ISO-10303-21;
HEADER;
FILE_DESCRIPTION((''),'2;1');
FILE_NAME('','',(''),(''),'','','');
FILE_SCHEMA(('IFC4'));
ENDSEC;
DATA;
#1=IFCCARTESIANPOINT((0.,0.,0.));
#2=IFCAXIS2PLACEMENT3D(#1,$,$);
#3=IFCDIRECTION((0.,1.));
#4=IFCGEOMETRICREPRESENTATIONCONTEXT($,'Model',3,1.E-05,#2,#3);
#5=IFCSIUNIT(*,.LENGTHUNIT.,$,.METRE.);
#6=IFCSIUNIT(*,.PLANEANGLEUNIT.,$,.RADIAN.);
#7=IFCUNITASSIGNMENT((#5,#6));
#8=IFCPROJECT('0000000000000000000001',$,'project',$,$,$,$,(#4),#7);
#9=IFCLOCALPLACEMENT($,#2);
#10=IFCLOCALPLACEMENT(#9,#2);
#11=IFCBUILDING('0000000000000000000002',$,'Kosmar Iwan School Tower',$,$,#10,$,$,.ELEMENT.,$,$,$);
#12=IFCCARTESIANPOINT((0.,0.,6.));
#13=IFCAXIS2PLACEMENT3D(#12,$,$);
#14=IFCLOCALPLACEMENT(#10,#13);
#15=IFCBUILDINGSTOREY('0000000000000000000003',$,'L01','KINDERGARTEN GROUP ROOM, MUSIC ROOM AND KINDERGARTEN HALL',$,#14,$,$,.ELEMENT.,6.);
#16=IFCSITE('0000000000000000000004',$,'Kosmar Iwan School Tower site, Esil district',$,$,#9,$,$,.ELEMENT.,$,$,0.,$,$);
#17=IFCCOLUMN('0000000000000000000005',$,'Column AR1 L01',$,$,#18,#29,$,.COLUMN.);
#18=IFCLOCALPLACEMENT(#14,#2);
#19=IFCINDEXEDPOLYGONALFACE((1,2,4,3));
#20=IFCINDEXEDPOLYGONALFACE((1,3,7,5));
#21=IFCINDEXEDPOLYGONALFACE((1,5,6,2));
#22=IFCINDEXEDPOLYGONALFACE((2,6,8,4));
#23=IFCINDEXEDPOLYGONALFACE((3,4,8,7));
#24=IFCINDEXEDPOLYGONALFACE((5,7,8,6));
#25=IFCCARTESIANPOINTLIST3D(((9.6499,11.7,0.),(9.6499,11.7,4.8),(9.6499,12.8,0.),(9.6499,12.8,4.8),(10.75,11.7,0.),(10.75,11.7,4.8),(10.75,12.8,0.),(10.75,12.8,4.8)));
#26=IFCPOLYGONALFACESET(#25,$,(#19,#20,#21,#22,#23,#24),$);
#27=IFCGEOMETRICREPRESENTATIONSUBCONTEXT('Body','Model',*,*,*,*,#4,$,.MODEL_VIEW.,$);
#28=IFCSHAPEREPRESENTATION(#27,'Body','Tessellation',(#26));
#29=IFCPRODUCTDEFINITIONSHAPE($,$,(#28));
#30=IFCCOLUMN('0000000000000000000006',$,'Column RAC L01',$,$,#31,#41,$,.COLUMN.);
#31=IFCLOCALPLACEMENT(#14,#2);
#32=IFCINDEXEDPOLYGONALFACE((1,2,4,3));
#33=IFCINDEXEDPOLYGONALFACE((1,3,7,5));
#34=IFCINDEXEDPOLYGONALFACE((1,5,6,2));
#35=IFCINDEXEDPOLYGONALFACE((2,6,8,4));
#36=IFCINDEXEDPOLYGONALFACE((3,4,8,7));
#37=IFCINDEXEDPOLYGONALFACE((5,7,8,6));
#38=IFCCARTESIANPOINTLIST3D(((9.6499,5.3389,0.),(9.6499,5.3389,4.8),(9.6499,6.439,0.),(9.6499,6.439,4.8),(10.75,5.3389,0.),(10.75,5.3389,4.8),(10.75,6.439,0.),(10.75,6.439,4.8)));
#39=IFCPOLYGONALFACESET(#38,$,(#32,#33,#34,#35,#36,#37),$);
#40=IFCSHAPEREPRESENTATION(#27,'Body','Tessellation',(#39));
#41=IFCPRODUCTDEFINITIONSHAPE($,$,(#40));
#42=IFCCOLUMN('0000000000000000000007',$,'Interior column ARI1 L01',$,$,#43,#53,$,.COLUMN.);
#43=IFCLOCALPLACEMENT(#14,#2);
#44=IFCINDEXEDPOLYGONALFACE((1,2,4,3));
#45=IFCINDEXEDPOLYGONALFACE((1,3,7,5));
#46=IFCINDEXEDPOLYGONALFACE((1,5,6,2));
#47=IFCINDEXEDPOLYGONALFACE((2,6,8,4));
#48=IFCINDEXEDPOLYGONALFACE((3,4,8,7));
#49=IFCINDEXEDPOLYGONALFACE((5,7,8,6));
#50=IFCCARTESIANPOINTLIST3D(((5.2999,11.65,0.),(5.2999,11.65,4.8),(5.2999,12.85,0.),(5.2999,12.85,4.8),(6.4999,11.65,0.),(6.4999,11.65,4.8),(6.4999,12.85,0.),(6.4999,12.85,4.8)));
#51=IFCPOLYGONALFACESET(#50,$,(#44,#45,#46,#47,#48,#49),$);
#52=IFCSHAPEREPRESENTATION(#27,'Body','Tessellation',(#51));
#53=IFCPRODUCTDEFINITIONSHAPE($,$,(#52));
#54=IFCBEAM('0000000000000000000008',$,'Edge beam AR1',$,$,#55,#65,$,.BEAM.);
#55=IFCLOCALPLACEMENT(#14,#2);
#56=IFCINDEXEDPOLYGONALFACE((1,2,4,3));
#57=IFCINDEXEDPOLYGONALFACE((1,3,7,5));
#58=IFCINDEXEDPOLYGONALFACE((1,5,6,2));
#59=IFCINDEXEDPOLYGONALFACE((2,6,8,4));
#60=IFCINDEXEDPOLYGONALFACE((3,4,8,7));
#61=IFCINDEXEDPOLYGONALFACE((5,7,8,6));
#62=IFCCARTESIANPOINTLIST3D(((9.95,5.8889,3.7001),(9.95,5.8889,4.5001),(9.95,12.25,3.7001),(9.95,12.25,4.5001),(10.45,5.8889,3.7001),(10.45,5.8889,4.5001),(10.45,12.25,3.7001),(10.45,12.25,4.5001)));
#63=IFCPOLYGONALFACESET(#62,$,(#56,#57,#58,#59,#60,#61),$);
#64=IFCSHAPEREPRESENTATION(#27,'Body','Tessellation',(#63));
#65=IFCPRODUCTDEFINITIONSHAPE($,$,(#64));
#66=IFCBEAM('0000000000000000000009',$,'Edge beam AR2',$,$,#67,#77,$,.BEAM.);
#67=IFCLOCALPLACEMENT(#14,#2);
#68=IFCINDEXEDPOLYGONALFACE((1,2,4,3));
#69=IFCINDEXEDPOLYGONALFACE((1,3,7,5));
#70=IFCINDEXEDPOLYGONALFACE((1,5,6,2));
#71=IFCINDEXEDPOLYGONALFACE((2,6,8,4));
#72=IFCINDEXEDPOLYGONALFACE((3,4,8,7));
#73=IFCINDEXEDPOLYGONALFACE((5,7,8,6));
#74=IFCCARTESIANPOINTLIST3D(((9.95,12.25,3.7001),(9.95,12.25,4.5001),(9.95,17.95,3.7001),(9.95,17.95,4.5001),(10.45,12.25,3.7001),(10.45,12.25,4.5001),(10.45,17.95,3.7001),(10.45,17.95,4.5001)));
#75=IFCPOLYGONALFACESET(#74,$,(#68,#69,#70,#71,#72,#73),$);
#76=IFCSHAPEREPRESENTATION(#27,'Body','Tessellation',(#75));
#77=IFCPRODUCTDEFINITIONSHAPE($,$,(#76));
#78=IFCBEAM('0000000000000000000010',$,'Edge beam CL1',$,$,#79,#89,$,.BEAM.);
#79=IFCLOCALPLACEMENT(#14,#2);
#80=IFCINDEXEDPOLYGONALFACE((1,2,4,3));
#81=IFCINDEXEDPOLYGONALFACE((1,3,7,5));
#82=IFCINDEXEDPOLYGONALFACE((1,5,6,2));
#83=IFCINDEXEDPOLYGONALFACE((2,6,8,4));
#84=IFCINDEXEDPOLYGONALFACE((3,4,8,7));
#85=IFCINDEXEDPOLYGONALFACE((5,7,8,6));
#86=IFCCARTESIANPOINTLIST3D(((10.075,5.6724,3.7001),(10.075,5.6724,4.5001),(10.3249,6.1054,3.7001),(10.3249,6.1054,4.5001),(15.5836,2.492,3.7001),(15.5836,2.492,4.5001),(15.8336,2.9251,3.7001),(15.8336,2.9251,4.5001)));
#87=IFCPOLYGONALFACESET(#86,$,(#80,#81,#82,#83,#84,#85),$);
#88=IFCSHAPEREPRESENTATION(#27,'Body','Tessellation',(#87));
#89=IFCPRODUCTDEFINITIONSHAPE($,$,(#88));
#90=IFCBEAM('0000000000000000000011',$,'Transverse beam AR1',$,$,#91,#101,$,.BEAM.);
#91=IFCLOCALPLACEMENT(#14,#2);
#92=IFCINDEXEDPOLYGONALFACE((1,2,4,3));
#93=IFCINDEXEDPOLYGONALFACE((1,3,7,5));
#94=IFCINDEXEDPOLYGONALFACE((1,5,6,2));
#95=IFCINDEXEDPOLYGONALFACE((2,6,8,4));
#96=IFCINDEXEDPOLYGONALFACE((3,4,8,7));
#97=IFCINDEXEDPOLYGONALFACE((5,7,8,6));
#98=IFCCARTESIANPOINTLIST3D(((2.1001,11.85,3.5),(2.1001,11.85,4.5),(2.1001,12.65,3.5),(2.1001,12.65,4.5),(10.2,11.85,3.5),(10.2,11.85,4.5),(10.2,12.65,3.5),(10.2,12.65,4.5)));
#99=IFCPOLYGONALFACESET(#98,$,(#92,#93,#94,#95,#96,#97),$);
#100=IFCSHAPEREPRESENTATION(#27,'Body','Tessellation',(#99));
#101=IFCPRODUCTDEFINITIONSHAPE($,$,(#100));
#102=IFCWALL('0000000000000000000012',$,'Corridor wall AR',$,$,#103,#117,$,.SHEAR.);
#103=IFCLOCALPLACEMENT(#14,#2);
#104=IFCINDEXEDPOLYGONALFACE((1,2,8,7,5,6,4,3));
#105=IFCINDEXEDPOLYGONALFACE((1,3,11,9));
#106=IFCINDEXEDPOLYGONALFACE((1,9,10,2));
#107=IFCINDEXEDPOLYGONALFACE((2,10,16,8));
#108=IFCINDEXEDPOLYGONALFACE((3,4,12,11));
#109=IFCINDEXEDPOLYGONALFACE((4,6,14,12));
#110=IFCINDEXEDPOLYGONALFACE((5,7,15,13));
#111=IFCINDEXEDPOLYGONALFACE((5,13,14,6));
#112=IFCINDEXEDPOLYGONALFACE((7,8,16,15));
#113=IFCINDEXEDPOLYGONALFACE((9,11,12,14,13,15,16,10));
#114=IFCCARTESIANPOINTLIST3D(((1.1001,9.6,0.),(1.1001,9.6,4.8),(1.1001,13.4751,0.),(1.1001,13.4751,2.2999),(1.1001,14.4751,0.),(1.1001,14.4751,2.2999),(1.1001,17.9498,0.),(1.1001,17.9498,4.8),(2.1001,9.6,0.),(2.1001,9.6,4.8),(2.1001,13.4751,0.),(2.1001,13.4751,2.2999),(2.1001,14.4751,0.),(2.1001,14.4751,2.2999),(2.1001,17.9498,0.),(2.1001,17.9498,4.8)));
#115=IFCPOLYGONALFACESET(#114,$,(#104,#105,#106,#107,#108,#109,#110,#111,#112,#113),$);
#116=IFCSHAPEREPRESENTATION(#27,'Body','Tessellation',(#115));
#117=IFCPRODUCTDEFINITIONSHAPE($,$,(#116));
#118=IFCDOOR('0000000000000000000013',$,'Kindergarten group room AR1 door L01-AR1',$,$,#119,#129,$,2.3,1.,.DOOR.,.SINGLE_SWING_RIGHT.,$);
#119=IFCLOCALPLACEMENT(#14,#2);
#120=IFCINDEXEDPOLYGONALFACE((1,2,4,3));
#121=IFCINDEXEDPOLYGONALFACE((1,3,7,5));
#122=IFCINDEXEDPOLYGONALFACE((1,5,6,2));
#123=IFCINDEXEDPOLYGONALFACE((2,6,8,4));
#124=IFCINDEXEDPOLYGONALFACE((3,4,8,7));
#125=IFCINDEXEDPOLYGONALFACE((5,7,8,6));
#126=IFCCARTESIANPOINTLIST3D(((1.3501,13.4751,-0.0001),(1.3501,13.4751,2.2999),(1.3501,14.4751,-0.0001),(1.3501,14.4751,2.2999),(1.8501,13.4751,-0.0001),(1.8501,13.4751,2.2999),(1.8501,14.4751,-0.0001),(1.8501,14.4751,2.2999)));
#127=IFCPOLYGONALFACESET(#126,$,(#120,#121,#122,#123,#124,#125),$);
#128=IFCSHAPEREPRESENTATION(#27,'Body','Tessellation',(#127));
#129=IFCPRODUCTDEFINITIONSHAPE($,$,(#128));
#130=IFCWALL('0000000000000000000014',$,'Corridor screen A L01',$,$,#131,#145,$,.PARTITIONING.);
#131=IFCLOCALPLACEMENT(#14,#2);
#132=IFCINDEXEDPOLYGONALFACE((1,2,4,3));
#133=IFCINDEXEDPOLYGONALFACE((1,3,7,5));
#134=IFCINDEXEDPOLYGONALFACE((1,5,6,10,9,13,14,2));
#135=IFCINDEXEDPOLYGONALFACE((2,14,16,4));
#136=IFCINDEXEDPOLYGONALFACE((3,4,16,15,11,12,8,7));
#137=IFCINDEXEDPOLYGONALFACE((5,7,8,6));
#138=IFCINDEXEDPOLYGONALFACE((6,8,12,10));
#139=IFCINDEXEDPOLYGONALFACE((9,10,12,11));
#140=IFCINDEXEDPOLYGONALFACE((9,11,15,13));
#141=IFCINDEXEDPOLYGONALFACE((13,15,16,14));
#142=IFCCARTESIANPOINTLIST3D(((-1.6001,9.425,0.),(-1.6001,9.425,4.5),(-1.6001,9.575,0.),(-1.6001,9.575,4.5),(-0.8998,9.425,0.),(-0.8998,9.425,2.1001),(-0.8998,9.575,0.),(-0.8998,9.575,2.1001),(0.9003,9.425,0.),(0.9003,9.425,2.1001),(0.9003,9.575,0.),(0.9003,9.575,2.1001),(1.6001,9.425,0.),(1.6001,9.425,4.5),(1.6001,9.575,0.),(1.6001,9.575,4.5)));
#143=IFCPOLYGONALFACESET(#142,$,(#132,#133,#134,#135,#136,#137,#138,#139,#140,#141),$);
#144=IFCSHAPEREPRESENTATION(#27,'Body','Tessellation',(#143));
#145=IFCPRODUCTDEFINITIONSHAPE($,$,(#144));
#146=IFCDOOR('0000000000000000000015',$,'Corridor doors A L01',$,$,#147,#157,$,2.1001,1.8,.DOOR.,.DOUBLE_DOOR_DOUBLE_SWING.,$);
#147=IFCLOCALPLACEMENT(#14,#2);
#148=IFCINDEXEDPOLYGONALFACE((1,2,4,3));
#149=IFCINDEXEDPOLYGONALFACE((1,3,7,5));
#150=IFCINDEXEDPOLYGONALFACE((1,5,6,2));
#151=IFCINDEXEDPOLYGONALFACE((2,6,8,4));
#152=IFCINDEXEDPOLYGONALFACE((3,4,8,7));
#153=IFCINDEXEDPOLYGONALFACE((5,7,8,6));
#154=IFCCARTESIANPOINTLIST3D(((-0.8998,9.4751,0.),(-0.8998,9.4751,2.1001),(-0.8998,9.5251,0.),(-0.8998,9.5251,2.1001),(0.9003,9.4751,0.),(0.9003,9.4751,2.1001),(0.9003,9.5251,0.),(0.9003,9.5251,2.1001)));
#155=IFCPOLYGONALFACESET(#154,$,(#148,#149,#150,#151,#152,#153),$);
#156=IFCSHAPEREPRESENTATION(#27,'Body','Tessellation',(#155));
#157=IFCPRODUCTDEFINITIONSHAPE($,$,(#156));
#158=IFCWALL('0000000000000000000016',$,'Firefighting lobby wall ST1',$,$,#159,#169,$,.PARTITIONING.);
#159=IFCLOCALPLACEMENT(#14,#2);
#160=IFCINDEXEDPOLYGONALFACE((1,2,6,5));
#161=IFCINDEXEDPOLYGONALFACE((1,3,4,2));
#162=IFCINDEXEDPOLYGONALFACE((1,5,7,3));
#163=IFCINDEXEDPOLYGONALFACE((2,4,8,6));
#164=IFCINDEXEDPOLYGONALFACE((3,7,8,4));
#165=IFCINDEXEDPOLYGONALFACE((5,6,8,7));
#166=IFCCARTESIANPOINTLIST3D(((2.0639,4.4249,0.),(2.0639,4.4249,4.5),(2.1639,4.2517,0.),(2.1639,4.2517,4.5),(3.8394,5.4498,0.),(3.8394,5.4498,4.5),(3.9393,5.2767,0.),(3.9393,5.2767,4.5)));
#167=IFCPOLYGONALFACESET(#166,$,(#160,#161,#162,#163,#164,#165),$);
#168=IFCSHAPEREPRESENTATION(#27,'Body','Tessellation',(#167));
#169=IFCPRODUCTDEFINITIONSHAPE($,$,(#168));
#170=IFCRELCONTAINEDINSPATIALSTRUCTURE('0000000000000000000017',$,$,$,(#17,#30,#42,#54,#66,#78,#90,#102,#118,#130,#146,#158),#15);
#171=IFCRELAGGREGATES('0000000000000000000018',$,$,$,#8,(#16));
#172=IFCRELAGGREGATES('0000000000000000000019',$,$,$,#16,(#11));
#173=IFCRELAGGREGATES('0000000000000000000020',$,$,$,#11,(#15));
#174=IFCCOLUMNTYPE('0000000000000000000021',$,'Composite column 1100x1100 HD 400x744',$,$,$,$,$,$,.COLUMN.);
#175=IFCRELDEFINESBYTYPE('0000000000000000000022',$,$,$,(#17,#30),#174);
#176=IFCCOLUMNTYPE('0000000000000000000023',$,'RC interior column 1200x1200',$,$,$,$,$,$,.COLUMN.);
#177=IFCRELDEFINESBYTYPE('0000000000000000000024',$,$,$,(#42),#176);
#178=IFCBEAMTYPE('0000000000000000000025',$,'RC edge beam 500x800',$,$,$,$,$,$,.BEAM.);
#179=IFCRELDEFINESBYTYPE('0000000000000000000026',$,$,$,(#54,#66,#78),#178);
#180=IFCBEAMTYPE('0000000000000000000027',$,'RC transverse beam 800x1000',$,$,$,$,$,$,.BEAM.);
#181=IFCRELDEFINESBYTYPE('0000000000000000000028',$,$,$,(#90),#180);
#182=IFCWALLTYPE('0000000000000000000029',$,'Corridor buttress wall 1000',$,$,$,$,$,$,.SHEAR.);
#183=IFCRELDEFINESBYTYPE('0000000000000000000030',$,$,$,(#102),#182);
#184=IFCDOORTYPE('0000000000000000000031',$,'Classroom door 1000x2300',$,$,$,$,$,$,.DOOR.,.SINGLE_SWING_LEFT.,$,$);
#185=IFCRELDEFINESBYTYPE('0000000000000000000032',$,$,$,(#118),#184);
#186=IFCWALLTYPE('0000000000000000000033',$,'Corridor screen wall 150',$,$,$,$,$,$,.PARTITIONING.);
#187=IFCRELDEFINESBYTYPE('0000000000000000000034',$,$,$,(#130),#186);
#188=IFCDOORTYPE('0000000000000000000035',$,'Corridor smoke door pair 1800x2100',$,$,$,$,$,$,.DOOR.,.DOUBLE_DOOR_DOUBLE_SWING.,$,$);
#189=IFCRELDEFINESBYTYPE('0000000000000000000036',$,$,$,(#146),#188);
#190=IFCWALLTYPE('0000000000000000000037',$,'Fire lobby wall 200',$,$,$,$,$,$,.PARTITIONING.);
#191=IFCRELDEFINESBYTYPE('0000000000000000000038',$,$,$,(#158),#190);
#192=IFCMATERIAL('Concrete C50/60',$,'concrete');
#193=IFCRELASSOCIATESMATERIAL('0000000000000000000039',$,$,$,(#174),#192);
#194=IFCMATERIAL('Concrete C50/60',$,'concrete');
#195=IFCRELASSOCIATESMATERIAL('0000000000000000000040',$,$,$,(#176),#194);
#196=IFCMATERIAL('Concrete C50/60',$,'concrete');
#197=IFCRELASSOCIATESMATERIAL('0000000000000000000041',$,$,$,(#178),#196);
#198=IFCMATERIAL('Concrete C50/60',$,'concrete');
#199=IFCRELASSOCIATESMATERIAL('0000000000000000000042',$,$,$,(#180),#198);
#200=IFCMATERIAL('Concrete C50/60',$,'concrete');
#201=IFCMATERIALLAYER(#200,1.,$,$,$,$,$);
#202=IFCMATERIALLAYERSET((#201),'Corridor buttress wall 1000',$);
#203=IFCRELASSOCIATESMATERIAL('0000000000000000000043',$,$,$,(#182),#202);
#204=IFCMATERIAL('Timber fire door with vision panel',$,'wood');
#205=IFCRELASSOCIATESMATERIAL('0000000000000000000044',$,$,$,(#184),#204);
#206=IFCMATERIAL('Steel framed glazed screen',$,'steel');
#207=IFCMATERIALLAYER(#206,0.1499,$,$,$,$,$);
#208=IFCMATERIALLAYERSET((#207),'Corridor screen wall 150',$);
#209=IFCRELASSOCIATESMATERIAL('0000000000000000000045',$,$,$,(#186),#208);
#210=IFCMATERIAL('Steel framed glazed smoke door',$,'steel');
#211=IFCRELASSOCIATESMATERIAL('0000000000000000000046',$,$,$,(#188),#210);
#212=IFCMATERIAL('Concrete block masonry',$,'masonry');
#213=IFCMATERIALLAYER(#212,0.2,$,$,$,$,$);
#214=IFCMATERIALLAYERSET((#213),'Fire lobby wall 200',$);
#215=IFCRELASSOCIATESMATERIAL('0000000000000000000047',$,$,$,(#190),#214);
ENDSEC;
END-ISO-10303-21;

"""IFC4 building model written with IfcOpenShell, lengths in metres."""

from ifc_helpers import new_model, si_unit, direction, frame, frame_2d, origin, origin_2d, place, context, subcontext, project, spatial, rectangle, extrude, material, layer, layer_set, material_profile, profile_set, type_object, element, fill, save


model = new_model("IFC4")

# Units and contexts
model_context = context("Model", 3, precision=1e-05, world=origin(), true_north=direction((0.0, 1.0)))
body_context = subcontext(model_context, "Body", "Model", "MODEL_VIEW")
ifc_project = project(units=[si_unit("LENGTHUNIT", "METRE"), si_unit("PLANEANGLEUNIT", "RADIAN")], contexts=[model_context])

# Site, building, storey
site_placement = place(None, origin())
site = spatial("IfcSite", under=ifc_project, at=site_placement, Name="Kosmar Iwan School Tower site, Esil district", CompositionType="ELEMENT", RefElevation=0.0)
building_placement = place(site_placement, origin())
building = spatial("IfcBuilding", under=site, at=building_placement, Name="Kosmar Iwan School Tower", CompositionType="ELEMENT")
storey_placement = place(building_placement, frame((0.0, 0.0, 6.0)))
storey = spatial("IfcBuildingStorey", under=building, at=storey_placement, Name="L01", Description="KINDERGARTEN GROUP ROOM, MUSIC ROOM AND KINDERGARTEN HALL", CompositionType="ELEMENT", Elevation=6.0)

# Columns
ifc_material_1 = material(Name="Concrete C50/60", Category="concrete")
ifc_material_profile_1 = material_profile(ifc_material_1, rectangle(XDim=1.1001, YDim=1.1001, at=origin_2d()), Name="RC 1100x1100 + HD 400x744")
ifc_profile_set_1 = profile_set([ifc_material_profile_1], Name="Concrete C50/60")
column_type_1 = type_object("IfcColumnType", Name="Composite column 1100x1100 HD 400x744", PredefinedType="COLUMN", material=ifc_profile_set_1)
for number, where, z_axis, x_axis, name in (
    (1, (10.2, 12.25, 0.0), (0.0, 0.0, 1.0), (0.0, 1.0, 0.0), "Column AR1 L01"),
    (2, (10.2, 5.8889, 0.0), (0.0, 0.0, 1.0), (1.0, 0.0, 0.0), "Column RAC L01"),
):
    element("IfcColumn", number, at=place(storey_placement, frame(where, z_axis=z_axis, x_axis=x_axis)), inside=storey, type_object=column_type_1, Name=name, PredefinedType="COLUMN", context=body_context, shape_type="SweptSolid", body=[
        extrude(rectangle(XDim=1.1001, YDim=1.1001, at=origin_2d()), origin(), (0.0, 0.0, 1.0), 4.8),
    ])
ifc_material_2 = material(Name="Concrete C50/60", Category="concrete")
ifc_material_profile_2 = material_profile(ifc_material_2, rectangle(XDim=1.2, YDim=1.2, at=origin_2d()), Name="RC 1200x1200")
ifc_profile_set_2 = profile_set([ifc_material_profile_2], Name="Concrete C50/60")
column_type_2 = type_object("IfcColumnType", Name="RC interior column 1200x1200", PredefinedType="COLUMN", material=ifc_profile_set_2)
column_placement = place(storey_placement, frame((5.8999, 12.25, 0.0), z_axis=(0.0, 0.0, 1.0), x_axis=(0.0, 1.0, 0.0)))
element("IfcColumn", 3, at=column_placement, inside=storey, type_object=column_type_2, Name="Interior column ARI1 L01", PredefinedType="COLUMN", context=body_context, shape_type="SweptSolid", body=[
    extrude(rectangle(XDim=1.2, YDim=1.2, at=origin_2d()), origin(), (0.0, 0.0, 1.0), 4.8),
])

# Beams
ifc_material_3 = material(Name="Concrete C50/60", Category="concrete")
ifc_material_profile_3 = material_profile(ifc_material_3, rectangle(XDim=0.5, YDim=0.8, at=origin_2d()), Name="RC 500x800")
ifc_profile_set_3 = profile_set([ifc_material_profile_3], Name="Concrete C50/60")
beam_type_1 = type_object("IfcBeamType", Name="RC edge beam 500x800", PredefinedType="BEAM", material=ifc_profile_set_3)
beam_1_placement = place(storey_placement, frame((10.2, 5.8889, 4.1001), z_axis=(0.0, 1.0, 0.0), x_axis=(-1.0, 0.0, 0.0)))
element("IfcBeam", 4, at=beam_1_placement, inside=storey, type_object=beam_type_1, Name="Edge beam AR1", PredefinedType="BEAM", context=body_context, shape_type="SweptSolid", body=[
    extrude(rectangle(XDim=0.5, YDim=0.8, at=origin_2d()), origin(), (0.0, 0.0, 1.0), 6.3611),
])
beam_2_placement = place(storey_placement, frame((10.2, 12.25, 4.1001), z_axis=(0.0, 1.0, 0.0), x_axis=(-1.0, 0.0, 0.0)))
element("IfcBeam", 5, at=beam_2_placement, inside=storey, type_object=beam_type_1, Name="Edge beam AR2", PredefinedType="BEAM", context=body_context, shape_type="SweptSolid", body=[
    extrude(rectangle(XDim=0.5, YDim=0.8, at=origin_2d()), origin(), (0.0, 0.0, 1.0), 5.7),
])
beam_3_placement = place(storey_placement, frame((10.2, 5.8889, 4.1001), z_axis=(0.866031, -0.49999, 0.0), x_axis=(0.49999, 0.866031, 0.0)))
element("IfcBeam", 6, at=beam_3_placement, inside=storey, type_object=beam_type_1, Name="Edge beam CL1", PredefinedType="BEAM", context=body_context, shape_type="SweptSolid", body=[
    extrude(rectangle(XDim=0.5, YDim=0.8, at=origin_2d()), origin(), (0.0, 0.0, 1.0), 6.3608),
])
ifc_material_4 = material(Name="Concrete C50/60", Category="concrete")
ifc_material_profile_4 = material_profile(ifc_material_4, rectangle(XDim=0.8, YDim=1.0, at=origin_2d()), Name="RC 800x1000")
ifc_profile_set_4 = profile_set([ifc_material_profile_4], Name="Concrete C50/60")
beam_type_2 = type_object("IfcBeamType", Name="RC transverse beam 800x1000", PredefinedType="BEAM", material=ifc_profile_set_4)
beam_4_placement = place(storey_placement, frame((10.2, 12.25, 4.0), z_axis=(-1.0, 0.0, 0.0), x_axis=(0.0, -1.0, 0.0)))
element("IfcBeam", 7, at=beam_4_placement, inside=storey, type_object=beam_type_2, Name="Transverse beam AR1", PredefinedType="BEAM", context=body_context, shape_type="SweptSolid", body=[
    extrude(rectangle(XDim=0.8, YDim=1.0, at=origin_2d()), origin(), (0.0, 0.0, 1.0), 8.0999),
])

# Walls, openings, doors
ifc_material_5 = material(Name="Concrete C50/60", Category="concrete")
ifc_layer_1 = layer(ifc_material_5, 1.0)
ifc_layer_set_1 = layer_set([ifc_layer_1], Name="Corridor buttress wall 1000")
wall_type_1 = type_object("IfcWallType", Name="Corridor buttress wall 1000", PredefinedType="SHEAR", material=ifc_layer_set_1)
wall_1_placement = place(storey_placement, frame((1.6001, 9.6001, 0.0), z_axis=(0.0, 0.0, 1.0), x_axis=(0.0, 1.0, 0.0)))
wall_1 = element("IfcWall", 8, at=wall_1_placement, inside=storey, type_object=wall_type_1, Name="Corridor wall AR", PredefinedType="SHEAR", context=body_context, shape_type="SweptSolid", body=[
    extrude(rectangle(XDim=8.3499, YDim=1.0, at=frame_2d((4.1748, 0.0))), origin(), (0.0, 0.0, 1.0), 4.8),
])
opening_1_placement = place(wall_1_placement, frame((3.875, 0.0, 0.0)))
opening_1 = element("IfcOpeningElement", 9, at=opening_1_placement, cuts=wall_1, PredefinedType="OPENING", context=body_context, shape_type="SweptSolid", body=[
    extrude(rectangle(XDim=1.0, YDim=2.3, at=frame_2d((0.5, 1.1499))), frame((0.0, 0.512, 0.0), z_axis=(0.0, -1.0, 0.0), x_axis=(1.0, 0.0, 0.0)), (0.0, 0.0, 1.0), 1.0239),
])
ifc_material_6 = material(Name="Timber fire door with vision panel", Category="wood")
door_type_1 = type_object("IfcDoorType", Name="Classroom door 1000x2300", OperationType="SINGLE_SWING_LEFT", PredefinedType="DOOR", material=ifc_material_6)
door_1_placement = place(opening_1_placement, origin())
door_1 = element("IfcDoor", 10, at=door_1_placement, inside=storey, type_object=door_type_1, Name="Kindergarten group room AR1 door L01-AR1", OperationType="SINGLE_SWING_RIGHT", OverallHeight=2.3, OverallWidth=1.0, PredefinedType="DOOR", context=body_context, shape_type="SweptSolid", body=[
    extrude(rectangle(XDim=1.0, YDim=2.3, at=frame_2d((0.5, 1.1499))), frame((0.0, 0.25, 0.0), z_axis=(0.0, -1.0, 0.0), x_axis=(1.0, 0.0, 0.0)), (0.0, 0.0, 1.0), 0.5),
])
fill(opening_1, door_1)
ifc_material_7 = material(Name="Steel framed glazed screen", Category="steel")
ifc_layer_2 = layer(ifc_material_7, 0.1499)
ifc_layer_set_2 = layer_set([ifc_layer_2], Name="Corridor screen wall 150")
wall_type_2 = type_object("IfcWallType", Name="Corridor screen wall 150", PredefinedType="PARTITIONING", material=ifc_layer_set_2)
wall_2_placement = place(storey_placement, frame((1.6001, 9.5, 0.0), z_axis=(0.0, 0.0, 1.0), x_axis=(-1.0, 0.0, 0.0)))
wall_2 = element("IfcWall", 11, at=wall_2_placement, inside=storey, type_object=wall_type_2, Name="Corridor screen A L01", PredefinedType="PARTITIONING", context=body_context, shape_type="SweptSolid", body=[
    extrude(rectangle(XDim=3.2002, YDim=0.1499, at=frame_2d((1.6001, 0.0))), origin(), (0.0, 0.0, 1.0), 4.5),
])
opening_2_placement = place(wall_2_placement, frame((0.7, 0.0, 0.0)))
opening_2 = element("IfcOpeningElement", 12, at=opening_2_placement, cuts=wall_2, PredefinedType="OPENING", context=body_context, shape_type="SweptSolid", body=[
    extrude(rectangle(XDim=1.8, YDim=2.1001, at=frame_2d((0.8999, 1.05))), frame((0.0, 0.0869, 0.0), z_axis=(0.0, -1.0, 0.0), x_axis=(1.0, 0.0, 0.0)), (0.0, 0.0, 1.0), 0.1738),
])
ifc_material_8 = material(Name="Steel framed glazed smoke door", Category="steel")
door_type_2 = type_object("IfcDoorType", Name="Corridor smoke door pair 1800x2100", OperationType="DOUBLE_DOOR_DOUBLE_SWING", PredefinedType="DOOR", material=ifc_material_8)
door_2_placement = place(opening_2_placement, origin())
door_2 = element("IfcDoor", 13, at=door_2_placement, inside=storey, type_object=door_type_2, Name="Corridor doors A L01", OperationType="DOUBLE_DOOR_DOUBLE_SWING", OverallHeight=2.1001, OverallWidth=1.8, PredefinedType="DOOR", context=body_context, shape_type="SweptSolid", body=[
    extrude(rectangle(XDim=1.8, YDim=2.1001, at=frame_2d((0.8999, 1.05))), frame((0.0, 0.0249, 0.0), z_axis=(0.0, -1.0, 0.0), x_axis=(1.0, 0.0, 0.0)), (0.0, 0.0, 1.0), 0.05),
])
fill(opening_2, door_2)

# Wall
ifc_material_9 = material(Name="Concrete block masonry", Category="masonry")
ifc_layer_3 = layer(ifc_material_9, 0.2)
ifc_layer_set_3 = layer_set([ifc_layer_3], Name="Fire lobby wall 200")
wall_type_3 = type_object("IfcWallType", Name="Fire lobby wall 200", PredefinedType="PARTITIONING", material=ifc_layer_set_3)
wall_3_placement = place(storey_placement, frame((2.114, 4.3384, 0.0), z_axis=(0.0, 0.0, 1.0), x_axis=(0.866051, 0.499956, 0.0)))
element("IfcWall", 14, at=wall_3_placement, inside=storey, type_object=wall_type_3, Name="Firefighting lobby wall ST1", PredefinedType="PARTITIONING", context=body_context, shape_type="SweptSolid", body=[
    extrude(rectangle(XDim=2.05, YDim=0.2, at=frame_2d((1.0249, 0.0))), origin(), (0.0, 0.0, 1.0), 4.5),
])

save(model, "model.ifc")
